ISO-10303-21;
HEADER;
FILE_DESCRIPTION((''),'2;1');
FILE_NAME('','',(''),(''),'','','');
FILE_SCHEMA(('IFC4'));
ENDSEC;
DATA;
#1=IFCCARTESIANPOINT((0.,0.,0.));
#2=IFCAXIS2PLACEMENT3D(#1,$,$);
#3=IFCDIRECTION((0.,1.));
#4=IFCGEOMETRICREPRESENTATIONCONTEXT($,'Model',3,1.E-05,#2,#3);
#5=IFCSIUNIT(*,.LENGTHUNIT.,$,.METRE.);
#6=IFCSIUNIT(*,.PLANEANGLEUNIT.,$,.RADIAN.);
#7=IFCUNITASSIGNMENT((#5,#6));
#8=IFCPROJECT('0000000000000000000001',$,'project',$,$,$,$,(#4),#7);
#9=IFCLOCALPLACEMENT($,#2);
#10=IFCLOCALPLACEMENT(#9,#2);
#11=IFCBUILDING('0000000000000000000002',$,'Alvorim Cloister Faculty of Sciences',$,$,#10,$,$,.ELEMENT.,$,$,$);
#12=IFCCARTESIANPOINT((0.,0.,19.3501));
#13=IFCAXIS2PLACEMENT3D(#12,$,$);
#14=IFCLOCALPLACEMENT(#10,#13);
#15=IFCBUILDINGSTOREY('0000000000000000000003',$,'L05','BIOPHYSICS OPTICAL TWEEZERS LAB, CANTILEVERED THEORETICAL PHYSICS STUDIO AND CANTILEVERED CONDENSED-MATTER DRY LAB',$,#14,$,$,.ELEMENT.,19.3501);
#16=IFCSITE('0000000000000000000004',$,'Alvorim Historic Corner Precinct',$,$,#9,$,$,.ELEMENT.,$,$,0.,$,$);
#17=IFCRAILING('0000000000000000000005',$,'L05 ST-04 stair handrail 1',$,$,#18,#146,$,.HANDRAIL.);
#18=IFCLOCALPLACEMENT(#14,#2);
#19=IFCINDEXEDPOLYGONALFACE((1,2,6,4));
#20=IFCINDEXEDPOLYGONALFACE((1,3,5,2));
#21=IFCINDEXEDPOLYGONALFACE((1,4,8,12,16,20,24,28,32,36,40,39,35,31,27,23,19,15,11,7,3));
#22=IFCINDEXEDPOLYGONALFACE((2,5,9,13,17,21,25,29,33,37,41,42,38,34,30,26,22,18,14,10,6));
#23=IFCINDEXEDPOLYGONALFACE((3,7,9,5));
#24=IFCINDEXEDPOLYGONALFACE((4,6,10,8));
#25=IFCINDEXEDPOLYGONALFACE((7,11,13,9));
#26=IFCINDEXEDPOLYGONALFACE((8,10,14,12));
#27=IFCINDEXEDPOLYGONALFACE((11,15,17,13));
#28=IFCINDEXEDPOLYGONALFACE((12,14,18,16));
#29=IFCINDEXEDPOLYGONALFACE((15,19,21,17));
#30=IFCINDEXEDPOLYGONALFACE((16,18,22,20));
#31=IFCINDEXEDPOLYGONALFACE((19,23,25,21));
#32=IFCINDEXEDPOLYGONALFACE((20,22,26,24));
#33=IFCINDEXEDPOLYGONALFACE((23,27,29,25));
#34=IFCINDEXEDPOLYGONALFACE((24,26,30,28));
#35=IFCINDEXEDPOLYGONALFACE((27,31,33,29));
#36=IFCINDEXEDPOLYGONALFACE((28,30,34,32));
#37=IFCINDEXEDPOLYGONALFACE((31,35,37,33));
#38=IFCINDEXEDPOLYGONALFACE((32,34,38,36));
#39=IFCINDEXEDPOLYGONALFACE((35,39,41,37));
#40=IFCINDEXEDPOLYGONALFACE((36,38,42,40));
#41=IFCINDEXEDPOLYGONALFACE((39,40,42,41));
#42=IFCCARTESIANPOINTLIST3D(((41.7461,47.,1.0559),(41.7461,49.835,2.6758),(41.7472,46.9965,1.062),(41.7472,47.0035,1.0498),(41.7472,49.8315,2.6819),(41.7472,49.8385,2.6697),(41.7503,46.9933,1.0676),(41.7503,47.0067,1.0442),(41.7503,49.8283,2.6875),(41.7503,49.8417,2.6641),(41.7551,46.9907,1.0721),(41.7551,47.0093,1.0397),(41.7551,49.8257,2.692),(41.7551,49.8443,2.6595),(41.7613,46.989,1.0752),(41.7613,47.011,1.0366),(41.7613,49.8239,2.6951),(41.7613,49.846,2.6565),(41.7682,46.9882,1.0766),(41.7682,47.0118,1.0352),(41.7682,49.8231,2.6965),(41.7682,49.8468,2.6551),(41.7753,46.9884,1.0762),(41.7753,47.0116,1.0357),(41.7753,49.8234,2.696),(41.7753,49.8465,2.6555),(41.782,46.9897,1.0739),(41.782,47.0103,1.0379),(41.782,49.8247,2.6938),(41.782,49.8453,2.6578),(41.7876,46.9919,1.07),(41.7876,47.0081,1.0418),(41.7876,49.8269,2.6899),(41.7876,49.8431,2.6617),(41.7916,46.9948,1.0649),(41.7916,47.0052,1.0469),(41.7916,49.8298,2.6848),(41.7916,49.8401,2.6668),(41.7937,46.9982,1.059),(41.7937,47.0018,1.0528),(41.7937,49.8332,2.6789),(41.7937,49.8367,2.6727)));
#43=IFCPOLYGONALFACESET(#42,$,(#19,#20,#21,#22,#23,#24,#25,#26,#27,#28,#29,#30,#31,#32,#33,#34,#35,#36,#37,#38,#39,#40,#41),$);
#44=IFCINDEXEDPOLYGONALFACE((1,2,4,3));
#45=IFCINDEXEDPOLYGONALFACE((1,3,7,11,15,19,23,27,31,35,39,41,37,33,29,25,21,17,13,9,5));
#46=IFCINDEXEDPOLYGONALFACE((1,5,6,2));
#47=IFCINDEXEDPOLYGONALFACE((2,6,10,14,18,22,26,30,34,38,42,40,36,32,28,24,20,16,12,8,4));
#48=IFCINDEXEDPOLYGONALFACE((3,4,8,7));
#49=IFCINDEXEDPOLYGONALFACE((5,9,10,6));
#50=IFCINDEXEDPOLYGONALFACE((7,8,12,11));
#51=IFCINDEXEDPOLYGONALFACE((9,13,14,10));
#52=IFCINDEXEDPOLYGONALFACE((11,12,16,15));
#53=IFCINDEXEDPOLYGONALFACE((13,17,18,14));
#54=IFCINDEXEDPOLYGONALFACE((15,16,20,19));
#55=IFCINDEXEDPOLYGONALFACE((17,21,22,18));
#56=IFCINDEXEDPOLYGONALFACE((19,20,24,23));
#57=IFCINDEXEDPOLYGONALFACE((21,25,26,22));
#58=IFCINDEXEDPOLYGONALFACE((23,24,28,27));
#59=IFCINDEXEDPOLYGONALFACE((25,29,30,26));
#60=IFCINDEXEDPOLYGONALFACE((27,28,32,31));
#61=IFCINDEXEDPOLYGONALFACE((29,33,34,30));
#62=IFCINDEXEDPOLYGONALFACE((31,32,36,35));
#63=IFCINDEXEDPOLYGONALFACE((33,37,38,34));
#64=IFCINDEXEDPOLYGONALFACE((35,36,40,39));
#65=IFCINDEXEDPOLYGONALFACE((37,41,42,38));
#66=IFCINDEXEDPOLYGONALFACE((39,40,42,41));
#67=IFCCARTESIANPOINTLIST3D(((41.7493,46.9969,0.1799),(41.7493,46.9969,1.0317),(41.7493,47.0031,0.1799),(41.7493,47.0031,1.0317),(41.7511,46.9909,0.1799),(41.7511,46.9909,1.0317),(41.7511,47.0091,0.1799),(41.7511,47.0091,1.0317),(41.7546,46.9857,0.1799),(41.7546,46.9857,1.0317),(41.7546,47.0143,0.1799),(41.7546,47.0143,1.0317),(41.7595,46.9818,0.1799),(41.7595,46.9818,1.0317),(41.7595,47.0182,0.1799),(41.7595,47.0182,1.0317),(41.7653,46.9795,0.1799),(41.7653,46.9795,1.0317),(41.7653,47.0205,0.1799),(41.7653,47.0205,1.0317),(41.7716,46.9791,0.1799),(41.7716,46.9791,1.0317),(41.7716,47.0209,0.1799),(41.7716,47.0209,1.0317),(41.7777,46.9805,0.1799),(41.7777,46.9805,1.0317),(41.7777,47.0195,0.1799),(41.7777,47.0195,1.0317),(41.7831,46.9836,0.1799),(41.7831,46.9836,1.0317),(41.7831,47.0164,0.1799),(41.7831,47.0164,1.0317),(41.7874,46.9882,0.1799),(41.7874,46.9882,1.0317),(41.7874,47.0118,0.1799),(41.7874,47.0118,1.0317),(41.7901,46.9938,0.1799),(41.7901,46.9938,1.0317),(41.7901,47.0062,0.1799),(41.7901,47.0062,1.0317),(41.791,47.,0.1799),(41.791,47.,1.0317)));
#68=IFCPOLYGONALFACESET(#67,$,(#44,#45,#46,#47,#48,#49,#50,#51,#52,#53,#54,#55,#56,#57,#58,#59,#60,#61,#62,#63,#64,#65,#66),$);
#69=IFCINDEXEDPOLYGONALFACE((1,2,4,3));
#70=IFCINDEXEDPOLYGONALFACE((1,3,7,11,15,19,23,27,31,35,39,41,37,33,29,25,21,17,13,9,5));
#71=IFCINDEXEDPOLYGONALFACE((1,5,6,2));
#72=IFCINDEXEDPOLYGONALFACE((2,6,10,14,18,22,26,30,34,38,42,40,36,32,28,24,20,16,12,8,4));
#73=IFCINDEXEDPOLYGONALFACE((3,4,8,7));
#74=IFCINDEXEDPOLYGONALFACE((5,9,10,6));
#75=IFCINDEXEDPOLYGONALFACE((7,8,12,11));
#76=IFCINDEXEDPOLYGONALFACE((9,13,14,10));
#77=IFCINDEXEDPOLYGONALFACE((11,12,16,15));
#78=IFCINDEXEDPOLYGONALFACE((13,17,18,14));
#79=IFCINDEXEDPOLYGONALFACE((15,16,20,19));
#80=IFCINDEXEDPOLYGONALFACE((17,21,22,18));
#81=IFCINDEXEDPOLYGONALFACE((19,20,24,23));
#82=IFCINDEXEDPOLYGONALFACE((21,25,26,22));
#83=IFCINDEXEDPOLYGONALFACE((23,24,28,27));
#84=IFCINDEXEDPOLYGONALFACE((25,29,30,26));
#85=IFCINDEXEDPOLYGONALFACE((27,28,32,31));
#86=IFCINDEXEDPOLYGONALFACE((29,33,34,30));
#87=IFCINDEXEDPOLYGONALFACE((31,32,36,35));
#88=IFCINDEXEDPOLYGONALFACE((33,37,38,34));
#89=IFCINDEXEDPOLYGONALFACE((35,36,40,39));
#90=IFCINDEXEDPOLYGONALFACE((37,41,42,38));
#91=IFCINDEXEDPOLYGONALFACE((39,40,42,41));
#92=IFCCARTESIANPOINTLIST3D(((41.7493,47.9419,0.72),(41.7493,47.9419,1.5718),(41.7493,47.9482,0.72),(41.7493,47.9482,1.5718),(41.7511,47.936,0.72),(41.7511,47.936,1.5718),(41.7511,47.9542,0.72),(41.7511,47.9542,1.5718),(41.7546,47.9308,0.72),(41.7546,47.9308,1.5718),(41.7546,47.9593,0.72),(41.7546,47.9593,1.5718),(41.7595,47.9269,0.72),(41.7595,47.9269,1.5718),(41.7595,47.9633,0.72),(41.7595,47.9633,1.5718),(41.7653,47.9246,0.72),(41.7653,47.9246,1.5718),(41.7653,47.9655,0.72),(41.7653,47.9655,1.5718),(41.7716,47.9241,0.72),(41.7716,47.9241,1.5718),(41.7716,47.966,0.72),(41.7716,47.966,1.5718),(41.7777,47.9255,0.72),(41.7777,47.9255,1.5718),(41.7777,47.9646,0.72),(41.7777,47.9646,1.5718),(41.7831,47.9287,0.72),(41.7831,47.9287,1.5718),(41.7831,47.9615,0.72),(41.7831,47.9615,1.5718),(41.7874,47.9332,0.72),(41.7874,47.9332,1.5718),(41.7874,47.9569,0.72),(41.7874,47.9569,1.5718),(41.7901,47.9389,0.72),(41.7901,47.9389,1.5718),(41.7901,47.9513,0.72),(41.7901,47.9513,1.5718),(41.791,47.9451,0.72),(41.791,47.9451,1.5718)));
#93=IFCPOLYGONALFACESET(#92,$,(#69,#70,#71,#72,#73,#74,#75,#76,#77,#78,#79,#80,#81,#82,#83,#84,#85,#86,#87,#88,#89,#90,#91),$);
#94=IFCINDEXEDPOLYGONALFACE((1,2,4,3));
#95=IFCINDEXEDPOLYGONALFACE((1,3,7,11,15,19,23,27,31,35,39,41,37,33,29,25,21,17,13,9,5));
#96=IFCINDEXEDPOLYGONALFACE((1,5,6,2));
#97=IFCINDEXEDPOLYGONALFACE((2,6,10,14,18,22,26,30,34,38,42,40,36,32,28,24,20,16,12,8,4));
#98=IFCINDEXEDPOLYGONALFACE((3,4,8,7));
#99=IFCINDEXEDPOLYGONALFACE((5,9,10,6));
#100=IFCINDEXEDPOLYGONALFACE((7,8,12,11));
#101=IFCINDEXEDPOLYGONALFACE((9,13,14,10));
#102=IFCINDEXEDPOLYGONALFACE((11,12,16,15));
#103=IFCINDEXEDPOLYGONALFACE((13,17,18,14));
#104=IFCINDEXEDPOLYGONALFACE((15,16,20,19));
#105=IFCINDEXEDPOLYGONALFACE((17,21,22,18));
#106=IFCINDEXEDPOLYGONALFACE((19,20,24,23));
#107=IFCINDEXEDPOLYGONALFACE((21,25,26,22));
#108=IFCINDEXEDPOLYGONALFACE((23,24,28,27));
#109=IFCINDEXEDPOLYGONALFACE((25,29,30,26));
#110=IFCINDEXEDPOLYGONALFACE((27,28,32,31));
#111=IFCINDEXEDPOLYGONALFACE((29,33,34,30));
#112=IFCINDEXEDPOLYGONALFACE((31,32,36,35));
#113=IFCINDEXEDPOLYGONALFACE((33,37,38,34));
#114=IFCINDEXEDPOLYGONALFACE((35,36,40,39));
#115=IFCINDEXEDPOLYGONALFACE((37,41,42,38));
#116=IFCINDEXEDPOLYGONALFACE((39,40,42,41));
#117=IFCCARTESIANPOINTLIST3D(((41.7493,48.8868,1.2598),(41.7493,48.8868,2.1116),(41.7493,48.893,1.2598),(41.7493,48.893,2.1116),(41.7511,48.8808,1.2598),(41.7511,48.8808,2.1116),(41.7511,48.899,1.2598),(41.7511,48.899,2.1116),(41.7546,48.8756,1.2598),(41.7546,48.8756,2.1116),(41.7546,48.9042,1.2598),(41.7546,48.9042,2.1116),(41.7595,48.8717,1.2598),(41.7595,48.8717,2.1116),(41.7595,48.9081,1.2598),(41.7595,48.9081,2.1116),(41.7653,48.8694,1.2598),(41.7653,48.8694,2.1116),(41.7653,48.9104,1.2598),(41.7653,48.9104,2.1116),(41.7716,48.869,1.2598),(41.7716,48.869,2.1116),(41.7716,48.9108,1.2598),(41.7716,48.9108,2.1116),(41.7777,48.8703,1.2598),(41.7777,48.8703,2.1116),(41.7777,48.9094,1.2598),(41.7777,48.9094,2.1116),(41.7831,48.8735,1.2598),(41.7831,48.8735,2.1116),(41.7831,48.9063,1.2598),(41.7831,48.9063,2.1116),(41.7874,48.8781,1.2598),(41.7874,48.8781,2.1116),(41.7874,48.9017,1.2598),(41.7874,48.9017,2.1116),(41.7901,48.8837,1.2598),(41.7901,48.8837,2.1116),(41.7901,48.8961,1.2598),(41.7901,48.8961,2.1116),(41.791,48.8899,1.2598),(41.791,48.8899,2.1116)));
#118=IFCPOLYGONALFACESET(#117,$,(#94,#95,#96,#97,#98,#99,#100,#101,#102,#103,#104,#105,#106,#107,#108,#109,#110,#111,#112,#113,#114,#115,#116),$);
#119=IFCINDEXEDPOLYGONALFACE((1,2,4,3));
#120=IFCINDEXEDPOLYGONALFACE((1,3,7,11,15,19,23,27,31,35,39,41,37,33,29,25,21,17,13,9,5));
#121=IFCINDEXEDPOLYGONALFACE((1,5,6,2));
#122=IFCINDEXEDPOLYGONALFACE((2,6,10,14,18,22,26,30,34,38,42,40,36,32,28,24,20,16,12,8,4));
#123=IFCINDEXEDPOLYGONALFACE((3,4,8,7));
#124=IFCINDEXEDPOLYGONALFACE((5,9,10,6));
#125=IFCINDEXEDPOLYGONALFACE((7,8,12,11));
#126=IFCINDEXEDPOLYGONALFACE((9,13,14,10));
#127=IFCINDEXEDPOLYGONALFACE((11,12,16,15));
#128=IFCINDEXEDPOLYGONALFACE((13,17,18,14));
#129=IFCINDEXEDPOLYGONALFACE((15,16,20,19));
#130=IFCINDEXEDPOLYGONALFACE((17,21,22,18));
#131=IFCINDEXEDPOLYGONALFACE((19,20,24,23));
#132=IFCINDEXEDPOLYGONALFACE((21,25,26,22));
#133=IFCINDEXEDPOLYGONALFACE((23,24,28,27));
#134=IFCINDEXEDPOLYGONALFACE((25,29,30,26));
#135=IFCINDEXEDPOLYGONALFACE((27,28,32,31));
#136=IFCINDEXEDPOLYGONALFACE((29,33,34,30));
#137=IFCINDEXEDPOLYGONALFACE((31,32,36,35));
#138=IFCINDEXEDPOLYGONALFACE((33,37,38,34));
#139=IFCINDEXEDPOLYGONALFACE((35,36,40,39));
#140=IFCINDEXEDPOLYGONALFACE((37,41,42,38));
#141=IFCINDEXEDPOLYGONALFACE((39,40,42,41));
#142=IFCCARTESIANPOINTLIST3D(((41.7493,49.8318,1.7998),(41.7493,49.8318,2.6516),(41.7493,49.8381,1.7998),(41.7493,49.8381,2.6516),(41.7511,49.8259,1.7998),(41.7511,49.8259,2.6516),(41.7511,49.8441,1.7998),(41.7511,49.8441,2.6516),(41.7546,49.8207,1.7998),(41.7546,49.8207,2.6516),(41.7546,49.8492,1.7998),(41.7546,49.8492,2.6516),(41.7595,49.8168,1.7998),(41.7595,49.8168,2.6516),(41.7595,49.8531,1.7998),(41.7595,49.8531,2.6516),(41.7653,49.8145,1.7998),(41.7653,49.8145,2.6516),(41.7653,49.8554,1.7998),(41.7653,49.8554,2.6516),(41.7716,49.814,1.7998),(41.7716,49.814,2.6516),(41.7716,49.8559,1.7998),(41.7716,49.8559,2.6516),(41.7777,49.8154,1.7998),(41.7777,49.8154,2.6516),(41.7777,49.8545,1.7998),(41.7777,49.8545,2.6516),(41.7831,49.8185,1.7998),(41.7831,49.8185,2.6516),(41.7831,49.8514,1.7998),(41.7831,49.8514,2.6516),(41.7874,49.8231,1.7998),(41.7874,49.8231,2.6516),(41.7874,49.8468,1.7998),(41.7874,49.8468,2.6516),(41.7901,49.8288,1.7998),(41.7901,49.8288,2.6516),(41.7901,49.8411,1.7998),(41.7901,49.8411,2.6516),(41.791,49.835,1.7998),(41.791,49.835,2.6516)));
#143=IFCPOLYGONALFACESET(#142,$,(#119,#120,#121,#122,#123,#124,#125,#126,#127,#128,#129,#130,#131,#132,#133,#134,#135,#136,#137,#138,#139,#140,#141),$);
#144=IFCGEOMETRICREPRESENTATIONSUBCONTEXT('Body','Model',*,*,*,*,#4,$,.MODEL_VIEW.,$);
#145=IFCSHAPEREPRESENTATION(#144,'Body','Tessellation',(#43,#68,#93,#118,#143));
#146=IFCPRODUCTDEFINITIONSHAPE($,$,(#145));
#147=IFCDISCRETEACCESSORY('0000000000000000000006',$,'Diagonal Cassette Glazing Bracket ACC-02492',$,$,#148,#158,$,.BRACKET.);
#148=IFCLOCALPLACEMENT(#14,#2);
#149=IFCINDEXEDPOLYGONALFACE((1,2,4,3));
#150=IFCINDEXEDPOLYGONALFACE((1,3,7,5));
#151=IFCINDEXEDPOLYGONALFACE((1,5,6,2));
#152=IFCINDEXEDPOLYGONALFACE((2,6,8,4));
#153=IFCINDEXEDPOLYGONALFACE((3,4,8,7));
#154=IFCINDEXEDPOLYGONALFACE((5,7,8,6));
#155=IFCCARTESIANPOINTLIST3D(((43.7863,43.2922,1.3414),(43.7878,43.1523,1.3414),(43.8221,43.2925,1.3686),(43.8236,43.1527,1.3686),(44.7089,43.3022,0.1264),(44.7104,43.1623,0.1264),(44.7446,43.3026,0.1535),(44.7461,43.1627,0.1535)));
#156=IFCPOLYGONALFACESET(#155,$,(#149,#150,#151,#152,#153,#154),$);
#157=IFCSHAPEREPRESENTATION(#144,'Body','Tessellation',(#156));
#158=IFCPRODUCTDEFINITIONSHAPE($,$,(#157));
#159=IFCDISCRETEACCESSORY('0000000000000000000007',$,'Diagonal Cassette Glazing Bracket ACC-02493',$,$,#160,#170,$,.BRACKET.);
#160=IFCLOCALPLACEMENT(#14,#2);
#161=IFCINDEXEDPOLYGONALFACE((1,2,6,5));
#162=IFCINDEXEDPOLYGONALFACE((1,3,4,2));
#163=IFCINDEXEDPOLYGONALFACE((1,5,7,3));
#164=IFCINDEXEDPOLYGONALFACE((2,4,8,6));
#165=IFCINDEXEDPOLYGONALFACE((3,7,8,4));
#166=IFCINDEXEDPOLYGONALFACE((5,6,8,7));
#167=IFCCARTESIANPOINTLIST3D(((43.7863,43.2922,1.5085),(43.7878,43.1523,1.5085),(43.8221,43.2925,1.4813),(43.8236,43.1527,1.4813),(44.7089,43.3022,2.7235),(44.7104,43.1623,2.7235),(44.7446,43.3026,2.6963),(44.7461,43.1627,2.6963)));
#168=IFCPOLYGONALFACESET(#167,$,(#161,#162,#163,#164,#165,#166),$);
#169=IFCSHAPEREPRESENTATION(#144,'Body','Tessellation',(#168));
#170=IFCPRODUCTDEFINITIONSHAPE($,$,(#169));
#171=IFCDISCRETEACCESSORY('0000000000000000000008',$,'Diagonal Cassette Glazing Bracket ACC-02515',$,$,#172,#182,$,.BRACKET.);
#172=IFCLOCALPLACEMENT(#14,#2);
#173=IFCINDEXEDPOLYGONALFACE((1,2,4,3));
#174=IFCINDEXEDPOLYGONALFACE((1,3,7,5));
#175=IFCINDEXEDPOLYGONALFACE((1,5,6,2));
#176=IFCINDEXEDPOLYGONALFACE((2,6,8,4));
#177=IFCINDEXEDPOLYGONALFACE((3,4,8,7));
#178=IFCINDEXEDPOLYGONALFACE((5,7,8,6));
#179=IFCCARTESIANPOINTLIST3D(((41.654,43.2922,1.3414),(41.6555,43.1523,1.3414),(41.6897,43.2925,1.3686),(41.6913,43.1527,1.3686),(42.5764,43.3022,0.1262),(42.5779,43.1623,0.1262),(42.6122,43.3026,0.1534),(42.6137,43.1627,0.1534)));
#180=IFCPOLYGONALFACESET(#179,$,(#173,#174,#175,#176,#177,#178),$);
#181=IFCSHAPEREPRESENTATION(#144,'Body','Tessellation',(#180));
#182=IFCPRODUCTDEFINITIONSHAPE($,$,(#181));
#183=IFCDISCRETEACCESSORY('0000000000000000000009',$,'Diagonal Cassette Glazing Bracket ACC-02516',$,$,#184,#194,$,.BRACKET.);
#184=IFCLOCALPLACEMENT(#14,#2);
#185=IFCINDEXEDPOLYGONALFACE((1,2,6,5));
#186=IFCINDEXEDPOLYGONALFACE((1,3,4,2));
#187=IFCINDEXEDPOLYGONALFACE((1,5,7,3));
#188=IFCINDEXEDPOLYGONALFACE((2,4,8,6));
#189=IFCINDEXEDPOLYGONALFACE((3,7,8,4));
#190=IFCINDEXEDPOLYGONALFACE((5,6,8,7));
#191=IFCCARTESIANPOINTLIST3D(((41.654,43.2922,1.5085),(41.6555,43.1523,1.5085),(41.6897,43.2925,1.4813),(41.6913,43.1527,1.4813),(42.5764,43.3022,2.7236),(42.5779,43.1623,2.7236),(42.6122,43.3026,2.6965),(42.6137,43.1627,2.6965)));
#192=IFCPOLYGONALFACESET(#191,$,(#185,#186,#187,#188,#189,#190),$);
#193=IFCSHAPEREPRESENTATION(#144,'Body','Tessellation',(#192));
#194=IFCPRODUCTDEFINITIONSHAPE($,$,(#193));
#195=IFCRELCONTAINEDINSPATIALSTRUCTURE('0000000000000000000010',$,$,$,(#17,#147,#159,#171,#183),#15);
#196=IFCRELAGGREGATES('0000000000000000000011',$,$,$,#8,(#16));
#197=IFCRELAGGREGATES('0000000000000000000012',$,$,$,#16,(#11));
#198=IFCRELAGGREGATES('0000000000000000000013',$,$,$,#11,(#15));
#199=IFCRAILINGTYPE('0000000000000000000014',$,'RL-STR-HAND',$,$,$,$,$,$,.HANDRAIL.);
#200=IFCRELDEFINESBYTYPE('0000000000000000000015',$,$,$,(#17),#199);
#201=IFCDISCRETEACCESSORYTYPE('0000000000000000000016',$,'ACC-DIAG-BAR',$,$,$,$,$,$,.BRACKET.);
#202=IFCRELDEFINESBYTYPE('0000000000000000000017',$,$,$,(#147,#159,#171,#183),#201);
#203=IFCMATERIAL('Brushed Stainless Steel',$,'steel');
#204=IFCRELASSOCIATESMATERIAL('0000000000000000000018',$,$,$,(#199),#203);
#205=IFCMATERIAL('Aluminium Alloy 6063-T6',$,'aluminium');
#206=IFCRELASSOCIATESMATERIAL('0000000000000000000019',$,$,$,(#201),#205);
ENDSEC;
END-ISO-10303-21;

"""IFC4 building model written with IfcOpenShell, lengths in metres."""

from ifc_helpers import new_model, si_unit, direction, frame, origin, origin_2d, place, context, subcontext, project, spatial, rectangle, circle, extrude, material, type_object, element, save


model = new_model("IFC4")

# Units and contexts
model_context = context("Model", 3, precision=1e-05, world=origin(), true_north=direction((0.0, 1.0)))
body_context = subcontext(model_context, "Body", "Model", "MODEL_VIEW")
ifc_project = project(units=[si_unit("LENGTHUNIT", "METRE"), si_unit("PLANEANGLEUNIT", "RADIAN")], contexts=[model_context])

# Site, building, storey
site_placement = place(None, origin())
site = spatial("IfcSite", under=ifc_project, at=site_placement, Name="Alvorim Historic Corner Precinct", CompositionType="ELEMENT", RefElevation=0.0)
building_placement = place(site_placement, origin())
building = spatial("IfcBuilding", under=site, at=building_placement, Name="Alvorim Cloister Faculty of Sciences", CompositionType="ELEMENT")
storey_placement = place(building_placement, frame((0.0, 0.0, 19.3501)))
storey = spatial("IfcBuildingStorey", under=building, at=storey_placement, Name="L05", Description="BIOPHYSICS OPTICAL TWEEZERS LAB, CANTILEVERED THEORETICAL PHYSICS STUDIO AND CANTILEVERED CONDENSED-MATTER DRY LAB", CompositionType="ELEMENT", Elevation=19.3501)

# Shared definitions
ifc_material_1 = material(Name="Aluminium Alloy 6063-T6", Category="aluminium")

# Railing
ifc_material_2 = material(Name="Brushed Stainless Steel", Category="steel")
railing_type_1 = type_object("IfcRailingType", Name="RL-STR-HAND", PredefinedType="HANDRAIL", material=ifc_material_2)
railing_1_placement = place(storey_placement, frame((41.77, 47.0, 0.1799)))
element("IfcRailing", 1, at=railing_1_placement, inside=storey, type_object=railing_type_1, Name="L05 ST-04 stair handrail 1", PredefinedType="HANDRAIL", context=body_context, shape_type="SweptSolid", body=[
    extrude(circle(Radius=0.0239, at=origin_2d()), frame((0.0, 0.0, 0.876), z_axis=(0.0, 0.868257, 0.496115), x_axis=(-1.0, 0.0, 0.0)), (0.0, 0.0, 1.0), 3.2651),
    extrude(circle(Radius=0.021, at=origin_2d()), origin(), (0.0, 0.0, 1.0), 0.8518),
    extrude(circle(Radius=0.021, at=origin_2d()), frame((0.0, 0.9451, 0.54)), (0.0, 0.0, 1.0), 0.8518),
    extrude(circle(Radius=0.021, at=origin_2d()), frame((0.0, 1.8899, 1.0798)), (0.0, 0.0, 1.0), 0.8518),
    extrude(circle(Radius=0.021, at=origin_2d()), frame((0.0, 2.835, 1.6199)), (0.0, 0.0, 1.0), 0.8518),
])

# Discrete accessories
discrete_accessory_type = type_object("IfcDiscreteAccessoryType", Name="ACC-DIAG-BAR", PredefinedType="BRACKET", material=ifc_material_1)
for number, where, z_axis, x_axis, name in (
    (2, (43.8049, 43.2224, 1.355), (0.604713, 0.006561, -0.796416), (-0.010849, 0.999941, 0.0), "Diagonal Cassette Glazing Bracket ACC-02492"),
    (3, (43.8049, 43.2224, 1.4949), (0.604713, 0.006561, 0.796416), (-0.010849, 0.999941, 0.0), "Diagonal Cassette Glazing Bracket ACC-02493"),
    (4, (41.6726, 43.2224, 1.355), (0.604612, 0.006561, -0.796493), (-0.010852, 0.999941, 0.0), "Diagonal Cassette Glazing Bracket ACC-02515"),
    (5, (41.6726, 43.2224, 1.4949), (0.604612, 0.006561, 0.796493), (-0.010852, 0.999941, 0.0), "Diagonal Cassette Glazing Bracket ACC-02516"),
):
    element("IfcDiscreteAccessory", number, at=place(storey_placement, frame(where, z_axis=z_axis, x_axis=x_axis)), inside=storey, type_object=discrete_accessory_type, Name=name, PredefinedType="BRACKET", context=body_context, shape_type="SweptSolid", body=[
        extrude(rectangle(XDim=0.1399, YDim=0.0449, at=origin_2d()), origin(), (0.0, 0.0, 1.0), 1.5256),
    ])

save(model, "model.ifc")
